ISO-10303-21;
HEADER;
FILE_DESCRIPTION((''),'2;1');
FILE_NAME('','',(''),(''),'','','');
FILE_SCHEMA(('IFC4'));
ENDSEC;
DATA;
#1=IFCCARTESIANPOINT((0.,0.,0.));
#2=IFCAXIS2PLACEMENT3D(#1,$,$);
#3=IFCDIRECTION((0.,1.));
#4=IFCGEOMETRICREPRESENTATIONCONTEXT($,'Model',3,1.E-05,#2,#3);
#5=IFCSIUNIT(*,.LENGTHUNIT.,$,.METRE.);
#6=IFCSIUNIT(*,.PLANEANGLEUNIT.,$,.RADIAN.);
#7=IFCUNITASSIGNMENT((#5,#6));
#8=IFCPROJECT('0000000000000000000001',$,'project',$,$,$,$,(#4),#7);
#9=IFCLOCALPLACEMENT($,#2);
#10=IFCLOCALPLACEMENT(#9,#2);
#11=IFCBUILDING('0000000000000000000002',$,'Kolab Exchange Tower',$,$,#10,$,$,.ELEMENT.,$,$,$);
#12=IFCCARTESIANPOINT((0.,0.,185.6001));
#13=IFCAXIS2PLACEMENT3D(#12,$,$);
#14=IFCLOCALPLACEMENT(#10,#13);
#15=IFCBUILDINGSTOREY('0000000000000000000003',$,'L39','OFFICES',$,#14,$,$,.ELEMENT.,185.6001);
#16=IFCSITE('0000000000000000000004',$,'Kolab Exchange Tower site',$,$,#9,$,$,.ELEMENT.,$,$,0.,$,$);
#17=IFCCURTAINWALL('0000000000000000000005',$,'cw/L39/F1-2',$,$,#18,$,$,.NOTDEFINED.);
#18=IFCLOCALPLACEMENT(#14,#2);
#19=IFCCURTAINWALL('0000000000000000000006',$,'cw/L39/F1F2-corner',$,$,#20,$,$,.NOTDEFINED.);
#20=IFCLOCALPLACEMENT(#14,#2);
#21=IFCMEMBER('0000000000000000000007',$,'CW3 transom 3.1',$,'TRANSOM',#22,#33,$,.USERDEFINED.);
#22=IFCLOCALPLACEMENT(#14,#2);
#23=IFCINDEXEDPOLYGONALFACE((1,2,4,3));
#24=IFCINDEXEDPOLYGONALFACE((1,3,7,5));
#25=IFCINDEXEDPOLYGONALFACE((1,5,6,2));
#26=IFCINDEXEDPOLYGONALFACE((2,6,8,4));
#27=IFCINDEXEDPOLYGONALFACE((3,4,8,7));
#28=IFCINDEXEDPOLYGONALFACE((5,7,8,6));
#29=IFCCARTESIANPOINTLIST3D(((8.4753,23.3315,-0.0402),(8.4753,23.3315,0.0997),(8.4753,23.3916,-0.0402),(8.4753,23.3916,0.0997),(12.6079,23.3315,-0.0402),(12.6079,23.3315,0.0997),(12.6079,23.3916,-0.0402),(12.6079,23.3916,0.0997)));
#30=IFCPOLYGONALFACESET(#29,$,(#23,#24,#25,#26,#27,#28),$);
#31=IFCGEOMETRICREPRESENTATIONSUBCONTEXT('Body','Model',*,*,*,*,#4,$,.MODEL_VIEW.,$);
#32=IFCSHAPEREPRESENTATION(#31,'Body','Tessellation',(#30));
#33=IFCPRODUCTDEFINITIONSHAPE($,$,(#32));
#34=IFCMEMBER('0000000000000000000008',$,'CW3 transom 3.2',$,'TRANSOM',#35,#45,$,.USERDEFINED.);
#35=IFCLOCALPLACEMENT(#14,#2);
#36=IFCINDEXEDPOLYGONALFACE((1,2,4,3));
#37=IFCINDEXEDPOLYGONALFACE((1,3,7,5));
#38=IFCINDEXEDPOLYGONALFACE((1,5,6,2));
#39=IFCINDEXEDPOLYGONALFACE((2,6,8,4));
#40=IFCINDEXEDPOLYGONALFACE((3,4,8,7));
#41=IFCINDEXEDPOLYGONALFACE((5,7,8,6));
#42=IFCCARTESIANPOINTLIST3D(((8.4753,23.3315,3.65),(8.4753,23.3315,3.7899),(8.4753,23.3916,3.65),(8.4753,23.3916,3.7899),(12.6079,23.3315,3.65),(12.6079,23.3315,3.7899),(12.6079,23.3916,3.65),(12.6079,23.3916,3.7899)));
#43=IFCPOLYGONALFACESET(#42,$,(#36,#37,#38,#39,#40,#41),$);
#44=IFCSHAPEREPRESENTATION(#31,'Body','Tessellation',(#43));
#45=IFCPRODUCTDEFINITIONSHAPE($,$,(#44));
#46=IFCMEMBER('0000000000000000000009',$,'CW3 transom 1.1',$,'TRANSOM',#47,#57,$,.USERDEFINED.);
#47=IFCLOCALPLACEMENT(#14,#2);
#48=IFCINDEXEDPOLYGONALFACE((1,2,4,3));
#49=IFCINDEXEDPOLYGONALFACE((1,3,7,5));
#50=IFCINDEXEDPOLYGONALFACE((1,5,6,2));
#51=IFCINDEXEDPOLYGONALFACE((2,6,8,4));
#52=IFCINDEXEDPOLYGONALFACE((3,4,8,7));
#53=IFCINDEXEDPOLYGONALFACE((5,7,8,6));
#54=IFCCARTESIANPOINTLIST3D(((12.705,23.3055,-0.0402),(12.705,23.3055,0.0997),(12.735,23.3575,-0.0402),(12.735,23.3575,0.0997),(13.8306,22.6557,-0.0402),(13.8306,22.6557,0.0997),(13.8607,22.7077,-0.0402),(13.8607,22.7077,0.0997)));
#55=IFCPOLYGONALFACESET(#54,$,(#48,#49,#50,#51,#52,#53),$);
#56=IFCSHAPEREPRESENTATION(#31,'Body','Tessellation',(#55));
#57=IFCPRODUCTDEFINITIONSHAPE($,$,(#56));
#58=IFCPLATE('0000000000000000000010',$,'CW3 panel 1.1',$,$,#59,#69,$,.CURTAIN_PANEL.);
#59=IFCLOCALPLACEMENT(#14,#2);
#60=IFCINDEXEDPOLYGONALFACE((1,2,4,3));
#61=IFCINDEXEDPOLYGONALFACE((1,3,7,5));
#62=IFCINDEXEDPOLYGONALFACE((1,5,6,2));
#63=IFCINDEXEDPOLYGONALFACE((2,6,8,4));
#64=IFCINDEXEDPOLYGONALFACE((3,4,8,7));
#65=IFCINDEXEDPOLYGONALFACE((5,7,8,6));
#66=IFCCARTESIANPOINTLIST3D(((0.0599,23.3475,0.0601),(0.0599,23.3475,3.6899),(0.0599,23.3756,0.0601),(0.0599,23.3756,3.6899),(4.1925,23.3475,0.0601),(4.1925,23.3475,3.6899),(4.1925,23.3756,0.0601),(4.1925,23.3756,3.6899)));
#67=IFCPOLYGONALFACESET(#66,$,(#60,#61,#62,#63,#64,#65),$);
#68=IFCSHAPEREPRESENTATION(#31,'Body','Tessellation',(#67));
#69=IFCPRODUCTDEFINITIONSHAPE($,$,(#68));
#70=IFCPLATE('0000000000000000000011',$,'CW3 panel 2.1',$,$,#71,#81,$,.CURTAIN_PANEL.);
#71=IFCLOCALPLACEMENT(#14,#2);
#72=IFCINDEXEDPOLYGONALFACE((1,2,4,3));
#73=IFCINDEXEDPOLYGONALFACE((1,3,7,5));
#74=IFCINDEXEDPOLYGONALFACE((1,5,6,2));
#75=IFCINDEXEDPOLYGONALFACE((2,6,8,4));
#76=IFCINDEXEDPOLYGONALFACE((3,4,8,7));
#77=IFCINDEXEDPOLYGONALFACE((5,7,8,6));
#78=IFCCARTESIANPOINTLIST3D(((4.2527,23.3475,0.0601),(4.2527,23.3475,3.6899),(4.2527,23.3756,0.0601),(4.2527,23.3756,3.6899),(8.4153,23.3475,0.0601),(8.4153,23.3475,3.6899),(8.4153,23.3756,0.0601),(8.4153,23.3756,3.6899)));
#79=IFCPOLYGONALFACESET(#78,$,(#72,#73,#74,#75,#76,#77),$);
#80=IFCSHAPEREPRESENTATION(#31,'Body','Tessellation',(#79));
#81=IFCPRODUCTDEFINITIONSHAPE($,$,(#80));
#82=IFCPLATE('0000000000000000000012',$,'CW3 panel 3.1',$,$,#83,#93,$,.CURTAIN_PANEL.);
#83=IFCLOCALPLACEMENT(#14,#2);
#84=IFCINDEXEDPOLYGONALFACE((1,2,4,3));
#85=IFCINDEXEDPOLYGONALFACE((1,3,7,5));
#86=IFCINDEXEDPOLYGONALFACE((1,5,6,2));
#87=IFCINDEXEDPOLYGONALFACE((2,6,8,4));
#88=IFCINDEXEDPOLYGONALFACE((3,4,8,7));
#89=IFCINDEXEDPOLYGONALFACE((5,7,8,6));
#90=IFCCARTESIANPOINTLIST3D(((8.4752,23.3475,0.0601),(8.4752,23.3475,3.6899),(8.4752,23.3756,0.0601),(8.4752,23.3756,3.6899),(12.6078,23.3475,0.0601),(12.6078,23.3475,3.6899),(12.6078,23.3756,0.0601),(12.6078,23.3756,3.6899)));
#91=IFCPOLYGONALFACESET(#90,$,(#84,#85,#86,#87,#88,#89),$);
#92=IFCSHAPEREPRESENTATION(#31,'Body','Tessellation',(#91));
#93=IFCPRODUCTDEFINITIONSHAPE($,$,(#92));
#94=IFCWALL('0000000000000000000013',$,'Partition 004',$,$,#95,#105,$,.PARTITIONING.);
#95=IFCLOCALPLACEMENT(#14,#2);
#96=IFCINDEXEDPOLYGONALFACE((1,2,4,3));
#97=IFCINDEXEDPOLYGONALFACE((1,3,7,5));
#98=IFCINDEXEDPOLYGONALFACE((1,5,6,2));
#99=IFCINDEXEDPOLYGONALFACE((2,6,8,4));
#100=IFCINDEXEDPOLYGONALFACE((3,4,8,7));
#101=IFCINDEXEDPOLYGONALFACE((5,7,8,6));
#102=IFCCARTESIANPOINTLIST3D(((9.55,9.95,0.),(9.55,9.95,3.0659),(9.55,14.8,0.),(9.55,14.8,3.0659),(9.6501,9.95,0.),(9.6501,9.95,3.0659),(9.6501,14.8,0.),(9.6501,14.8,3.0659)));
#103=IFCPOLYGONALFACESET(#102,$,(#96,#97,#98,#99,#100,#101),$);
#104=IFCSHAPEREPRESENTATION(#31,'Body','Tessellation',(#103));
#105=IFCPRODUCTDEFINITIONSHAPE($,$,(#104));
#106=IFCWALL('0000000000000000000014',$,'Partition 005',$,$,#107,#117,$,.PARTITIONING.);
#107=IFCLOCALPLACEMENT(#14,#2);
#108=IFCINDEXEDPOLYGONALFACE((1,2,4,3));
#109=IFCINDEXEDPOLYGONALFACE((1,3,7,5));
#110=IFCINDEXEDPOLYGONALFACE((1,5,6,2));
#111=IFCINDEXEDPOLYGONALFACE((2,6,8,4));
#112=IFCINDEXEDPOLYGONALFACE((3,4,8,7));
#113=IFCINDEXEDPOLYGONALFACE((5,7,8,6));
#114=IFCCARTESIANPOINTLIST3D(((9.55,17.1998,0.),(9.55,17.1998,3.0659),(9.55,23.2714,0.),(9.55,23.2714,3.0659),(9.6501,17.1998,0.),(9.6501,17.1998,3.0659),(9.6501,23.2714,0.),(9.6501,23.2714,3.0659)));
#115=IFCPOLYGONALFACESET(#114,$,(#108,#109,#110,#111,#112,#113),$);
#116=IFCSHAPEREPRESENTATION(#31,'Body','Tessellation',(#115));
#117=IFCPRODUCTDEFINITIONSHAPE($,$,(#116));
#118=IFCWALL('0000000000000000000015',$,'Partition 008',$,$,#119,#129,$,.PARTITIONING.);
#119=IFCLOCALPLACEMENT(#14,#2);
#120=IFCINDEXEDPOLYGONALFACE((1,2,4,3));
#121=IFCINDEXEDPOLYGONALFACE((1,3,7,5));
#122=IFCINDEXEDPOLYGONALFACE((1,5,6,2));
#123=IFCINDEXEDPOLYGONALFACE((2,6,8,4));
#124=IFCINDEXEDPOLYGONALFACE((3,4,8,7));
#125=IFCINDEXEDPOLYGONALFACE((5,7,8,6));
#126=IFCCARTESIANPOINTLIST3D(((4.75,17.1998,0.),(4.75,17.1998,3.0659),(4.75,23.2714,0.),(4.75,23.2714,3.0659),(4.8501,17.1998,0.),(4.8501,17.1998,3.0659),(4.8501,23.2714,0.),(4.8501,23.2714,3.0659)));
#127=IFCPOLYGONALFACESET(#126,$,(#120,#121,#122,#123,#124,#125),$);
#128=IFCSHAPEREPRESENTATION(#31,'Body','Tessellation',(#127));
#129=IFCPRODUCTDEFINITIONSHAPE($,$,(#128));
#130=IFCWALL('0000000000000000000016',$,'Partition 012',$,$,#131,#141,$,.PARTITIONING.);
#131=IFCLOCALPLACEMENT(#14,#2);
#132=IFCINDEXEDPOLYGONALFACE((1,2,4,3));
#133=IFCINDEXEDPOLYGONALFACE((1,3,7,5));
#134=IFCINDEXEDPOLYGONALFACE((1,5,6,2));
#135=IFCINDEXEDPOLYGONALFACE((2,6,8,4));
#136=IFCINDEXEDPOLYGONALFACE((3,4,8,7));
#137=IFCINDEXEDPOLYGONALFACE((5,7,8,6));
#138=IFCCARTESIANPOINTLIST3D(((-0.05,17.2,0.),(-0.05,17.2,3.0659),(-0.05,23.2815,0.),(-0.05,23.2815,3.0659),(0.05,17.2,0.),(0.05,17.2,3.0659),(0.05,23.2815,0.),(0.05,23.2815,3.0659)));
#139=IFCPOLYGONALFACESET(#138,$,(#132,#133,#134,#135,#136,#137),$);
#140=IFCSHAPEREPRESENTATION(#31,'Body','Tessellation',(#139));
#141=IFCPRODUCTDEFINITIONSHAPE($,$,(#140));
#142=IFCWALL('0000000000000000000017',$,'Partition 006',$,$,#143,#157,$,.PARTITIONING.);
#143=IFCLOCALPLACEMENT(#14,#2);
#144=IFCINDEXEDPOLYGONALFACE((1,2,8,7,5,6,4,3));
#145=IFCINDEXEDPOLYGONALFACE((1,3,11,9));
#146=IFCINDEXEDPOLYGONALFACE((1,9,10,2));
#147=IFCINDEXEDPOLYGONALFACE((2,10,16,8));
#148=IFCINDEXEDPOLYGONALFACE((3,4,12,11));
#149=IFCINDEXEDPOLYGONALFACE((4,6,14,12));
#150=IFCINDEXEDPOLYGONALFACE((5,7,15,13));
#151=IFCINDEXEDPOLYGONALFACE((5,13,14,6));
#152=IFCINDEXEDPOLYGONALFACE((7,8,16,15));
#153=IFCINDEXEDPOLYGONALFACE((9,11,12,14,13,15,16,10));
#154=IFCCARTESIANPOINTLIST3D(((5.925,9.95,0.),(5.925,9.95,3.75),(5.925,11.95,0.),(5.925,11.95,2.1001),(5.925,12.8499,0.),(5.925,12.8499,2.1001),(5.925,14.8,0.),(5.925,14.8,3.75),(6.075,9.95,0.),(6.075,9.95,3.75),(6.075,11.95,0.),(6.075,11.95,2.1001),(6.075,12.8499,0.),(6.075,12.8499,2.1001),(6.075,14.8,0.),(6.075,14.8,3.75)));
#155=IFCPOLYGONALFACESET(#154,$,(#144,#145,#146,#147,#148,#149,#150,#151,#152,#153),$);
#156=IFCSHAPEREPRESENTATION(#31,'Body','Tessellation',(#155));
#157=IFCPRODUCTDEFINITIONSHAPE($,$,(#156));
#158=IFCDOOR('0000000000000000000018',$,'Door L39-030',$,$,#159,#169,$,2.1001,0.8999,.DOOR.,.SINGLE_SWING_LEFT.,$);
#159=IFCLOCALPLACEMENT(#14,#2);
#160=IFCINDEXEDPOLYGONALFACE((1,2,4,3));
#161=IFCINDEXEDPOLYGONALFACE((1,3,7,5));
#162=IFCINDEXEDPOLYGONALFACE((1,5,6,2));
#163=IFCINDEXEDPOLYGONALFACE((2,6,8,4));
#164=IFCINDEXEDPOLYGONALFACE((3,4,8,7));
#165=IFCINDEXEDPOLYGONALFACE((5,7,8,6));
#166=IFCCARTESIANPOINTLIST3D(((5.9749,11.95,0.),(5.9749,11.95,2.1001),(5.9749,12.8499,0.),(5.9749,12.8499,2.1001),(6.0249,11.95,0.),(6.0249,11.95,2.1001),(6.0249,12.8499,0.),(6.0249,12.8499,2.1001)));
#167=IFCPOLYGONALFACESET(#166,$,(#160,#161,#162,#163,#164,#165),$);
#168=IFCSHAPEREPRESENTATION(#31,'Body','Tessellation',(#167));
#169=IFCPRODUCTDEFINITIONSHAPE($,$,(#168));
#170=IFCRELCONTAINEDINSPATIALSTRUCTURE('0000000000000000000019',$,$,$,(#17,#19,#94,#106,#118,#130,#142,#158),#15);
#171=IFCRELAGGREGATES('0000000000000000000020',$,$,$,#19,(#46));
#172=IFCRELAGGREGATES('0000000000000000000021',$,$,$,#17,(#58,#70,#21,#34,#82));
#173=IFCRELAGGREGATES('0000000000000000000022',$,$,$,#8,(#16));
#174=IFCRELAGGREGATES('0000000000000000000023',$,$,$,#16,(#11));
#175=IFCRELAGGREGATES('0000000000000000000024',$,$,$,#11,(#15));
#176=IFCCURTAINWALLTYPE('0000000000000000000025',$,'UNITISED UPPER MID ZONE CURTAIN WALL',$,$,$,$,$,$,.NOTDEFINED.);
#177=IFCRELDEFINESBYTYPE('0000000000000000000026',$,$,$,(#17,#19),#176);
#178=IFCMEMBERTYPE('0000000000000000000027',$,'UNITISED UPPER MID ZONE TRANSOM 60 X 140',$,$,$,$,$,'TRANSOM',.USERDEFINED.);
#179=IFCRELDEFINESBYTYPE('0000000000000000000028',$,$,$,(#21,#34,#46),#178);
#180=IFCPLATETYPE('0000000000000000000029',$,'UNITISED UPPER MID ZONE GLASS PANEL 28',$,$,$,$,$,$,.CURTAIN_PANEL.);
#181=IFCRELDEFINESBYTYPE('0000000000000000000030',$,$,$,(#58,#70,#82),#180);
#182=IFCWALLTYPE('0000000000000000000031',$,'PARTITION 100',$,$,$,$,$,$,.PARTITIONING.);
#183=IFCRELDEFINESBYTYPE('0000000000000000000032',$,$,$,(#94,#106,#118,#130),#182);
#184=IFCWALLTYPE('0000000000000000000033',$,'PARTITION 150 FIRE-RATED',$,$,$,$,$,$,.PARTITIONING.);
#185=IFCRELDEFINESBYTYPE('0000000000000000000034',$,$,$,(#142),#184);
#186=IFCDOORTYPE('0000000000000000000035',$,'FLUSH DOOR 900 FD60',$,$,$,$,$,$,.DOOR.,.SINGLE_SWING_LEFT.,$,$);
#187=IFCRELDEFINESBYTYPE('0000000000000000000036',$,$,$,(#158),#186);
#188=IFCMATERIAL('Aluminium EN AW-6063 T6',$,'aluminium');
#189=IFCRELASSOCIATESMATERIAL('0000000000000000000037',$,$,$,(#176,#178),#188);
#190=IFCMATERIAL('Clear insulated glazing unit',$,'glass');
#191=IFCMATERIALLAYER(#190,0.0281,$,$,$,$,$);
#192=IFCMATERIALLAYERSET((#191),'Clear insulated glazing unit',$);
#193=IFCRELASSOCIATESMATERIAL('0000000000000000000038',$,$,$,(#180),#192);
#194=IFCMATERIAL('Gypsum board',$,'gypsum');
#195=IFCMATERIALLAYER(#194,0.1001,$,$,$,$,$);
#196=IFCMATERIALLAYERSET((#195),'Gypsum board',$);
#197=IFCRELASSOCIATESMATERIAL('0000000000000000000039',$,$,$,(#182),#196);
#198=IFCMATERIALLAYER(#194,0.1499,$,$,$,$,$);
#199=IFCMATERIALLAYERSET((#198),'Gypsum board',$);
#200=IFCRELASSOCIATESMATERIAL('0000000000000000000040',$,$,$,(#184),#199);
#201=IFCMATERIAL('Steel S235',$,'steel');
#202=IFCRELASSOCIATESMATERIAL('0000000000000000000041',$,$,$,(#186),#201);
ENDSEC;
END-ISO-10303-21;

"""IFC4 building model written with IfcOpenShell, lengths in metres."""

from ifc_helpers import new_model, si_unit, direction, frame, frame_2d, origin, origin_2d, place, context, subcontext, project, spatial, rectangle, extrude, material, layer, layer_set, material_profile, profile_set, type_object, element, fill, aggregate, save


model = new_model("IFC4")

# Units and contexts
model_context = context("Model", 3, precision=1e-05, world=origin(), true_north=direction((0.0, 1.0)))
body_context = subcontext(model_context, "Body", "Model", "MODEL_VIEW")
ifc_project = project(units=[si_unit("LENGTHUNIT", "METRE"), si_unit("PLANEANGLEUNIT", "RADIAN")], contexts=[model_context])

# Site, building, storey
site_placement = place(None, origin())
site = spatial("IfcSite", under=ifc_project, at=site_placement, Name="Kolab Exchange Tower site", CompositionType="ELEMENT", RefElevation=0.0)
building_placement = place(site_placement, origin())
building = spatial("IfcBuilding", under=site, at=building_placement, Name="Kolab Exchange Tower", CompositionType="ELEMENT")
storey_placement = place(building_placement, frame((0.0, 0.0, 185.6001)))
storey = spatial("IfcBuildingStorey", under=building, at=storey_placement, Name="L39", Description="OFFICES", CompositionType="ELEMENT", Elevation=185.6001)

# Curtain wall
ifc_material_1 = material(Name="Aluminium EN AW-6063 T6", Category="aluminium")
curtain_wall_type = type_object("IfcCurtainWallType", Name="UNITISED UPPER MID ZONE CURTAIN WALL", PredefinedType="NOTDEFINED", material=ifc_material_1)
curtain_wall_1_placement = place(storey_placement, origin())
curtain_wall_1 = element("IfcCurtainWall", 1, at=curtain_wall_1_placement, inside=storey, type_object=curtain_wall_type, Name="cw/L39/F1-2", PredefinedType="NOTDEFINED")

# Curtain wall
curtain_wall_2_placement = place(storey_placement, origin())
curtain_wall_2 = element("IfcCurtainWall", 2, at=curtain_wall_2_placement, inside=storey, type_object=curtain_wall_type, Name="cw/L39/F1F2-corner", PredefinedType="NOTDEFINED")

# Members
ifc_material_profile_1 = material_profile(ifc_material_1, rectangle(XDim=0.0601, YDim=0.1399, at=origin_2d()), Name="RECT 60X140")
ifc_profile_set_1 = profile_set([ifc_material_profile_1], Name="Aluminium EN AW-6063 T6")
member_type_1 = type_object("IfcMemberType", Name="UNITISED UPPER MID ZONE TRANSOM 60 X 140", ElementType="TRANSOM", PredefinedType="USERDEFINED", material=ifc_profile_set_1)
member_1_placement = place(storey_placement, frame((8.4753, 23.3616, 0.0298), z_axis=(1.0, 0.0, 0.0), x_axis=(0.0, 1.0, 0.0)))
member_1 = element("IfcMember", 3, at=member_1_placement, type_object=member_type_1, Name="CW3 transom 3.1", ObjectType="TRANSOM", PredefinedType="USERDEFINED", context=body_context, shape_type="SweptSolid", body=[
    extrude(rectangle(XDim=0.0601, YDim=0.1399, at=origin_2d()), origin(), (0.0, 0.0, 1.0), 4.1326),
])
member_2_placement = place(storey_placement, frame((8.4753, 23.3616, 3.72), z_axis=(1.0, 0.0, 0.0), x_axis=(0.0, 1.0, 0.0)))
member_2 = element("IfcMember", 4, at=member_2_placement, type_object=member_type_1, Name="CW3 transom 3.2", ObjectType="TRANSOM", PredefinedType="USERDEFINED", context=body_context, shape_type="SweptSolid", body=[
    extrude(rectangle(XDim=0.0601, YDim=0.1399, at=origin_2d()), origin(), (0.0, 0.0, 1.0), 4.1326),
])
member_3_placement = place(storey_placement, frame((12.72, 23.3315, 0.0298), z_axis=(0.866039, -0.499977, 0.0), x_axis=(0.499977, 0.866039, 0.0)))
member_3 = element("IfcMember", 5, at=member_3_placement, type_object=member_type_1, Name="CW3 transom 1.1", ObjectType="TRANSOM", PredefinedType="USERDEFINED", context=body_context, shape_type="SweptSolid", body=[
    extrude(rectangle(XDim=0.0601, YDim=0.1399, at=origin_2d()), origin(), (0.0, 0.0, 1.0), 1.2998),
])
aggregate(curtain_wall_2, [member_3])

# Plates
ifc_material_2 = material(Name="Clear insulated glazing unit", Category="glass")
ifc_layer_1 = layer(ifc_material_2, 0.0281)
ifc_layer_set_1 = layer_set([ifc_layer_1], Name="Clear insulated glazing unit")
plate_type = type_object("IfcPlateType", Name="UNITISED UPPER MID ZONE GLASS PANEL 28", PredefinedType="CURTAIN_PANEL", material=ifc_layer_set_1)
plate_1_placement = place(storey_placement, frame((2.1262, 23.3616, 0.0601), z_axis=(0.0, 0.0, 1.0), x_axis=(1.0, 0.0, 0.0)))
plate_1 = element("IfcPlate", 6, at=plate_1_placement, type_object=plate_type, Name="CW3 panel 1.1", PredefinedType="CURTAIN_PANEL", context=body_context, shape_type="SweptSolid", body=[
    extrude(rectangle(XDim=4.1326, YDim=0.0281, at=origin_2d()), origin(), (0.0, 0.0, 1.0), 3.6299),
])
plate_2_placement = place(storey_placement, frame((6.334, 23.3616, 0.0601), z_axis=(0.0, 0.0, 1.0), x_axis=(1.0, 0.0, 0.0)))
plate_2 = element("IfcPlate", 7, at=plate_2_placement, type_object=plate_type, Name="CW3 panel 2.1", PredefinedType="CURTAIN_PANEL", context=body_context, shape_type="SweptSolid", body=[
    extrude(rectangle(XDim=4.1626, YDim=0.0281, at=origin_2d()), origin(), (0.0, 0.0, 1.0), 3.6299),
])
plate_3_placement = place(storey_placement, frame((10.5415, 23.3616, 0.0601), z_axis=(0.0, 0.0, 1.0), x_axis=(1.0, 0.0, 0.0)))
plate_3 = element("IfcPlate", 8, at=plate_3_placement, type_object=plate_type, Name="CW3 panel 3.1", PredefinedType="CURTAIN_PANEL", context=body_context, shape_type="SweptSolid", body=[
    extrude(rectangle(XDim=4.1326, YDim=0.0281, at=origin_2d()), origin(), (0.0, 0.0, 1.0), 3.6299),
])
aggregate(curtain_wall_1, [plate_1, plate_2, member_1, member_2, plate_3])

# Walls
ifc_material_3 = material(Name="Gypsum board", Category="gypsum")
ifc_layer_2 = layer(ifc_material_3, 0.1001)
ifc_layer_set_2 = layer_set([ifc_layer_2], Name="Gypsum board")
wall_type_1 = type_object("IfcWallType", Name="PARTITION 100", PredefinedType="PARTITIONING", material=ifc_layer_set_2)
wall_1_placement = place(storey_placement, frame((9.6001, 9.95, 0.0), z_axis=(0.0, 0.0, 1.0), x_axis=(0.0, 1.0, 0.0)))
element("IfcWall", 9, at=wall_1_placement, inside=storey, type_object=wall_type_1, Name="Partition 004", PredefinedType="PARTITIONING", context=body_context, shape_type="SweptSolid", body=[
    extrude(rectangle(XDim=4.8501, YDim=0.1001, at=frame_2d((2.425, 0.0))), origin(), (0.0, 0.0, 1.0), 3.0659),
])
for number, where, z_axis, x_axis, name in (
    (10, (9.6001, 17.2, 0.0), (0.0, 0.0, 1.0), (0.0, 1.0, 0.0), "Partition 005"),
    (11, (4.8, 17.2, 0.0), (0.0, 0.0, 1.0), (0.0, 1.0, 0.0), "Partition 008"),
):
    element("IfcWall", number, at=place(storey_placement, frame(where, z_axis=z_axis, x_axis=x_axis)), inside=storey, type_object=wall_type_1, Name=name, PredefinedType="PARTITIONING", context=body_context, shape_type="SweptSolid", body=[
        extrude(rectangle(XDim=6.0715, YDim=0.1001, at=frame_2d((3.0356, 0.0))), origin(), (0.0, 0.0, 1.0), 3.0659),
    ])
wall_2_placement = place(storey_placement, frame((0.0, 17.2, 0.0), z_axis=(0.0, 0.0, 1.0), x_axis=(0.0, 1.0, 0.0)))
element("IfcWall", 12, at=wall_2_placement, inside=storey, type_object=wall_type_1, Name="Partition 012", PredefinedType="PARTITIONING", context=body_context, shape_type="SweptSolid", body=[
    extrude(rectangle(XDim=6.0815, YDim=0.1001, at=frame_2d((3.0408, 0.0))), origin(), (0.0, 0.0, 1.0), 3.0659),
])

# Wall, opening, door
ifc_layer_3 = layer(ifc_material_3, 0.1499)
ifc_layer_set_3 = layer_set([ifc_layer_3], Name="Gypsum board")
wall_type_2 = type_object("IfcWallType", Name="PARTITION 150 FIRE-RATED", PredefinedType="PARTITIONING", material=ifc_layer_set_3)
wall_3_placement = place(storey_placement, frame((6.0, 9.95, 0.0), z_axis=(0.0, 0.0, 1.0), x_axis=(0.0, 1.0, 0.0)))
wall_3 = element("IfcWall", 13, at=wall_3_placement, inside=storey, type_object=wall_type_2, Name="Partition 006", PredefinedType="PARTITIONING", context=body_context, shape_type="SweptSolid", body=[
    extrude(rectangle(XDim=4.8501, YDim=0.1499, at=frame_2d((2.425, 0.0))), origin(), (0.0, 0.0, 1.0), 3.75),
])
opening_1_placement = place(wall_3_placement, frame((2.0, 0.0, 0.0)))
opening_1 = element("IfcOpeningElement", 14, at=opening_1_placement, cuts=wall_3, PredefinedType="OPENING", context=body_context, shape_type="SweptSolid", body=[
    extrude(rectangle(XDim=0.8999, YDim=2.1001, at=frame_2d((0.45, 1.05))), frame((0.0, 0.085, 0.0), z_axis=(0.0, -1.0, 0.0), x_axis=(1.0, 0.0, 0.0)), (0.0, 0.0, 1.0), 0.1699),
])
ifc_material_4 = material(Name="Steel S235", Category="steel")
door_type_1 = type_object("IfcDoorType", Name="FLUSH DOOR 900 FD60", OperationType="SINGLE_SWING_LEFT", PredefinedType="DOOR", material=ifc_material_4)
door_1_placement = place(opening_1_placement, frame((0.8999, 0.0, 0.0), z_axis=(0.0, 0.0, 1.0), x_axis=(-1.0, 0.0, 0.0)))
door_1 = element("IfcDoor", 15, at=door_1_placement, inside=storey, type_object=door_type_1, Name="Door L39-030", OperationType="SINGLE_SWING_LEFT", OverallHeight=2.1001, OverallWidth=0.8999, PredefinedType="DOOR", context=body_context, shape_type="SweptSolid", body=[
    extrude(rectangle(XDim=0.8999, YDim=2.1001, at=frame_2d((0.45, 1.05))), frame((0.0, 0.0249, 0.0), z_axis=(0.0, -1.0, 0.0), x_axis=(1.0, 0.0, 0.0)), (0.0, 0.0, 1.0), 0.05),
])
fill(opening_1, door_1)

save(model, "model.ifc")
